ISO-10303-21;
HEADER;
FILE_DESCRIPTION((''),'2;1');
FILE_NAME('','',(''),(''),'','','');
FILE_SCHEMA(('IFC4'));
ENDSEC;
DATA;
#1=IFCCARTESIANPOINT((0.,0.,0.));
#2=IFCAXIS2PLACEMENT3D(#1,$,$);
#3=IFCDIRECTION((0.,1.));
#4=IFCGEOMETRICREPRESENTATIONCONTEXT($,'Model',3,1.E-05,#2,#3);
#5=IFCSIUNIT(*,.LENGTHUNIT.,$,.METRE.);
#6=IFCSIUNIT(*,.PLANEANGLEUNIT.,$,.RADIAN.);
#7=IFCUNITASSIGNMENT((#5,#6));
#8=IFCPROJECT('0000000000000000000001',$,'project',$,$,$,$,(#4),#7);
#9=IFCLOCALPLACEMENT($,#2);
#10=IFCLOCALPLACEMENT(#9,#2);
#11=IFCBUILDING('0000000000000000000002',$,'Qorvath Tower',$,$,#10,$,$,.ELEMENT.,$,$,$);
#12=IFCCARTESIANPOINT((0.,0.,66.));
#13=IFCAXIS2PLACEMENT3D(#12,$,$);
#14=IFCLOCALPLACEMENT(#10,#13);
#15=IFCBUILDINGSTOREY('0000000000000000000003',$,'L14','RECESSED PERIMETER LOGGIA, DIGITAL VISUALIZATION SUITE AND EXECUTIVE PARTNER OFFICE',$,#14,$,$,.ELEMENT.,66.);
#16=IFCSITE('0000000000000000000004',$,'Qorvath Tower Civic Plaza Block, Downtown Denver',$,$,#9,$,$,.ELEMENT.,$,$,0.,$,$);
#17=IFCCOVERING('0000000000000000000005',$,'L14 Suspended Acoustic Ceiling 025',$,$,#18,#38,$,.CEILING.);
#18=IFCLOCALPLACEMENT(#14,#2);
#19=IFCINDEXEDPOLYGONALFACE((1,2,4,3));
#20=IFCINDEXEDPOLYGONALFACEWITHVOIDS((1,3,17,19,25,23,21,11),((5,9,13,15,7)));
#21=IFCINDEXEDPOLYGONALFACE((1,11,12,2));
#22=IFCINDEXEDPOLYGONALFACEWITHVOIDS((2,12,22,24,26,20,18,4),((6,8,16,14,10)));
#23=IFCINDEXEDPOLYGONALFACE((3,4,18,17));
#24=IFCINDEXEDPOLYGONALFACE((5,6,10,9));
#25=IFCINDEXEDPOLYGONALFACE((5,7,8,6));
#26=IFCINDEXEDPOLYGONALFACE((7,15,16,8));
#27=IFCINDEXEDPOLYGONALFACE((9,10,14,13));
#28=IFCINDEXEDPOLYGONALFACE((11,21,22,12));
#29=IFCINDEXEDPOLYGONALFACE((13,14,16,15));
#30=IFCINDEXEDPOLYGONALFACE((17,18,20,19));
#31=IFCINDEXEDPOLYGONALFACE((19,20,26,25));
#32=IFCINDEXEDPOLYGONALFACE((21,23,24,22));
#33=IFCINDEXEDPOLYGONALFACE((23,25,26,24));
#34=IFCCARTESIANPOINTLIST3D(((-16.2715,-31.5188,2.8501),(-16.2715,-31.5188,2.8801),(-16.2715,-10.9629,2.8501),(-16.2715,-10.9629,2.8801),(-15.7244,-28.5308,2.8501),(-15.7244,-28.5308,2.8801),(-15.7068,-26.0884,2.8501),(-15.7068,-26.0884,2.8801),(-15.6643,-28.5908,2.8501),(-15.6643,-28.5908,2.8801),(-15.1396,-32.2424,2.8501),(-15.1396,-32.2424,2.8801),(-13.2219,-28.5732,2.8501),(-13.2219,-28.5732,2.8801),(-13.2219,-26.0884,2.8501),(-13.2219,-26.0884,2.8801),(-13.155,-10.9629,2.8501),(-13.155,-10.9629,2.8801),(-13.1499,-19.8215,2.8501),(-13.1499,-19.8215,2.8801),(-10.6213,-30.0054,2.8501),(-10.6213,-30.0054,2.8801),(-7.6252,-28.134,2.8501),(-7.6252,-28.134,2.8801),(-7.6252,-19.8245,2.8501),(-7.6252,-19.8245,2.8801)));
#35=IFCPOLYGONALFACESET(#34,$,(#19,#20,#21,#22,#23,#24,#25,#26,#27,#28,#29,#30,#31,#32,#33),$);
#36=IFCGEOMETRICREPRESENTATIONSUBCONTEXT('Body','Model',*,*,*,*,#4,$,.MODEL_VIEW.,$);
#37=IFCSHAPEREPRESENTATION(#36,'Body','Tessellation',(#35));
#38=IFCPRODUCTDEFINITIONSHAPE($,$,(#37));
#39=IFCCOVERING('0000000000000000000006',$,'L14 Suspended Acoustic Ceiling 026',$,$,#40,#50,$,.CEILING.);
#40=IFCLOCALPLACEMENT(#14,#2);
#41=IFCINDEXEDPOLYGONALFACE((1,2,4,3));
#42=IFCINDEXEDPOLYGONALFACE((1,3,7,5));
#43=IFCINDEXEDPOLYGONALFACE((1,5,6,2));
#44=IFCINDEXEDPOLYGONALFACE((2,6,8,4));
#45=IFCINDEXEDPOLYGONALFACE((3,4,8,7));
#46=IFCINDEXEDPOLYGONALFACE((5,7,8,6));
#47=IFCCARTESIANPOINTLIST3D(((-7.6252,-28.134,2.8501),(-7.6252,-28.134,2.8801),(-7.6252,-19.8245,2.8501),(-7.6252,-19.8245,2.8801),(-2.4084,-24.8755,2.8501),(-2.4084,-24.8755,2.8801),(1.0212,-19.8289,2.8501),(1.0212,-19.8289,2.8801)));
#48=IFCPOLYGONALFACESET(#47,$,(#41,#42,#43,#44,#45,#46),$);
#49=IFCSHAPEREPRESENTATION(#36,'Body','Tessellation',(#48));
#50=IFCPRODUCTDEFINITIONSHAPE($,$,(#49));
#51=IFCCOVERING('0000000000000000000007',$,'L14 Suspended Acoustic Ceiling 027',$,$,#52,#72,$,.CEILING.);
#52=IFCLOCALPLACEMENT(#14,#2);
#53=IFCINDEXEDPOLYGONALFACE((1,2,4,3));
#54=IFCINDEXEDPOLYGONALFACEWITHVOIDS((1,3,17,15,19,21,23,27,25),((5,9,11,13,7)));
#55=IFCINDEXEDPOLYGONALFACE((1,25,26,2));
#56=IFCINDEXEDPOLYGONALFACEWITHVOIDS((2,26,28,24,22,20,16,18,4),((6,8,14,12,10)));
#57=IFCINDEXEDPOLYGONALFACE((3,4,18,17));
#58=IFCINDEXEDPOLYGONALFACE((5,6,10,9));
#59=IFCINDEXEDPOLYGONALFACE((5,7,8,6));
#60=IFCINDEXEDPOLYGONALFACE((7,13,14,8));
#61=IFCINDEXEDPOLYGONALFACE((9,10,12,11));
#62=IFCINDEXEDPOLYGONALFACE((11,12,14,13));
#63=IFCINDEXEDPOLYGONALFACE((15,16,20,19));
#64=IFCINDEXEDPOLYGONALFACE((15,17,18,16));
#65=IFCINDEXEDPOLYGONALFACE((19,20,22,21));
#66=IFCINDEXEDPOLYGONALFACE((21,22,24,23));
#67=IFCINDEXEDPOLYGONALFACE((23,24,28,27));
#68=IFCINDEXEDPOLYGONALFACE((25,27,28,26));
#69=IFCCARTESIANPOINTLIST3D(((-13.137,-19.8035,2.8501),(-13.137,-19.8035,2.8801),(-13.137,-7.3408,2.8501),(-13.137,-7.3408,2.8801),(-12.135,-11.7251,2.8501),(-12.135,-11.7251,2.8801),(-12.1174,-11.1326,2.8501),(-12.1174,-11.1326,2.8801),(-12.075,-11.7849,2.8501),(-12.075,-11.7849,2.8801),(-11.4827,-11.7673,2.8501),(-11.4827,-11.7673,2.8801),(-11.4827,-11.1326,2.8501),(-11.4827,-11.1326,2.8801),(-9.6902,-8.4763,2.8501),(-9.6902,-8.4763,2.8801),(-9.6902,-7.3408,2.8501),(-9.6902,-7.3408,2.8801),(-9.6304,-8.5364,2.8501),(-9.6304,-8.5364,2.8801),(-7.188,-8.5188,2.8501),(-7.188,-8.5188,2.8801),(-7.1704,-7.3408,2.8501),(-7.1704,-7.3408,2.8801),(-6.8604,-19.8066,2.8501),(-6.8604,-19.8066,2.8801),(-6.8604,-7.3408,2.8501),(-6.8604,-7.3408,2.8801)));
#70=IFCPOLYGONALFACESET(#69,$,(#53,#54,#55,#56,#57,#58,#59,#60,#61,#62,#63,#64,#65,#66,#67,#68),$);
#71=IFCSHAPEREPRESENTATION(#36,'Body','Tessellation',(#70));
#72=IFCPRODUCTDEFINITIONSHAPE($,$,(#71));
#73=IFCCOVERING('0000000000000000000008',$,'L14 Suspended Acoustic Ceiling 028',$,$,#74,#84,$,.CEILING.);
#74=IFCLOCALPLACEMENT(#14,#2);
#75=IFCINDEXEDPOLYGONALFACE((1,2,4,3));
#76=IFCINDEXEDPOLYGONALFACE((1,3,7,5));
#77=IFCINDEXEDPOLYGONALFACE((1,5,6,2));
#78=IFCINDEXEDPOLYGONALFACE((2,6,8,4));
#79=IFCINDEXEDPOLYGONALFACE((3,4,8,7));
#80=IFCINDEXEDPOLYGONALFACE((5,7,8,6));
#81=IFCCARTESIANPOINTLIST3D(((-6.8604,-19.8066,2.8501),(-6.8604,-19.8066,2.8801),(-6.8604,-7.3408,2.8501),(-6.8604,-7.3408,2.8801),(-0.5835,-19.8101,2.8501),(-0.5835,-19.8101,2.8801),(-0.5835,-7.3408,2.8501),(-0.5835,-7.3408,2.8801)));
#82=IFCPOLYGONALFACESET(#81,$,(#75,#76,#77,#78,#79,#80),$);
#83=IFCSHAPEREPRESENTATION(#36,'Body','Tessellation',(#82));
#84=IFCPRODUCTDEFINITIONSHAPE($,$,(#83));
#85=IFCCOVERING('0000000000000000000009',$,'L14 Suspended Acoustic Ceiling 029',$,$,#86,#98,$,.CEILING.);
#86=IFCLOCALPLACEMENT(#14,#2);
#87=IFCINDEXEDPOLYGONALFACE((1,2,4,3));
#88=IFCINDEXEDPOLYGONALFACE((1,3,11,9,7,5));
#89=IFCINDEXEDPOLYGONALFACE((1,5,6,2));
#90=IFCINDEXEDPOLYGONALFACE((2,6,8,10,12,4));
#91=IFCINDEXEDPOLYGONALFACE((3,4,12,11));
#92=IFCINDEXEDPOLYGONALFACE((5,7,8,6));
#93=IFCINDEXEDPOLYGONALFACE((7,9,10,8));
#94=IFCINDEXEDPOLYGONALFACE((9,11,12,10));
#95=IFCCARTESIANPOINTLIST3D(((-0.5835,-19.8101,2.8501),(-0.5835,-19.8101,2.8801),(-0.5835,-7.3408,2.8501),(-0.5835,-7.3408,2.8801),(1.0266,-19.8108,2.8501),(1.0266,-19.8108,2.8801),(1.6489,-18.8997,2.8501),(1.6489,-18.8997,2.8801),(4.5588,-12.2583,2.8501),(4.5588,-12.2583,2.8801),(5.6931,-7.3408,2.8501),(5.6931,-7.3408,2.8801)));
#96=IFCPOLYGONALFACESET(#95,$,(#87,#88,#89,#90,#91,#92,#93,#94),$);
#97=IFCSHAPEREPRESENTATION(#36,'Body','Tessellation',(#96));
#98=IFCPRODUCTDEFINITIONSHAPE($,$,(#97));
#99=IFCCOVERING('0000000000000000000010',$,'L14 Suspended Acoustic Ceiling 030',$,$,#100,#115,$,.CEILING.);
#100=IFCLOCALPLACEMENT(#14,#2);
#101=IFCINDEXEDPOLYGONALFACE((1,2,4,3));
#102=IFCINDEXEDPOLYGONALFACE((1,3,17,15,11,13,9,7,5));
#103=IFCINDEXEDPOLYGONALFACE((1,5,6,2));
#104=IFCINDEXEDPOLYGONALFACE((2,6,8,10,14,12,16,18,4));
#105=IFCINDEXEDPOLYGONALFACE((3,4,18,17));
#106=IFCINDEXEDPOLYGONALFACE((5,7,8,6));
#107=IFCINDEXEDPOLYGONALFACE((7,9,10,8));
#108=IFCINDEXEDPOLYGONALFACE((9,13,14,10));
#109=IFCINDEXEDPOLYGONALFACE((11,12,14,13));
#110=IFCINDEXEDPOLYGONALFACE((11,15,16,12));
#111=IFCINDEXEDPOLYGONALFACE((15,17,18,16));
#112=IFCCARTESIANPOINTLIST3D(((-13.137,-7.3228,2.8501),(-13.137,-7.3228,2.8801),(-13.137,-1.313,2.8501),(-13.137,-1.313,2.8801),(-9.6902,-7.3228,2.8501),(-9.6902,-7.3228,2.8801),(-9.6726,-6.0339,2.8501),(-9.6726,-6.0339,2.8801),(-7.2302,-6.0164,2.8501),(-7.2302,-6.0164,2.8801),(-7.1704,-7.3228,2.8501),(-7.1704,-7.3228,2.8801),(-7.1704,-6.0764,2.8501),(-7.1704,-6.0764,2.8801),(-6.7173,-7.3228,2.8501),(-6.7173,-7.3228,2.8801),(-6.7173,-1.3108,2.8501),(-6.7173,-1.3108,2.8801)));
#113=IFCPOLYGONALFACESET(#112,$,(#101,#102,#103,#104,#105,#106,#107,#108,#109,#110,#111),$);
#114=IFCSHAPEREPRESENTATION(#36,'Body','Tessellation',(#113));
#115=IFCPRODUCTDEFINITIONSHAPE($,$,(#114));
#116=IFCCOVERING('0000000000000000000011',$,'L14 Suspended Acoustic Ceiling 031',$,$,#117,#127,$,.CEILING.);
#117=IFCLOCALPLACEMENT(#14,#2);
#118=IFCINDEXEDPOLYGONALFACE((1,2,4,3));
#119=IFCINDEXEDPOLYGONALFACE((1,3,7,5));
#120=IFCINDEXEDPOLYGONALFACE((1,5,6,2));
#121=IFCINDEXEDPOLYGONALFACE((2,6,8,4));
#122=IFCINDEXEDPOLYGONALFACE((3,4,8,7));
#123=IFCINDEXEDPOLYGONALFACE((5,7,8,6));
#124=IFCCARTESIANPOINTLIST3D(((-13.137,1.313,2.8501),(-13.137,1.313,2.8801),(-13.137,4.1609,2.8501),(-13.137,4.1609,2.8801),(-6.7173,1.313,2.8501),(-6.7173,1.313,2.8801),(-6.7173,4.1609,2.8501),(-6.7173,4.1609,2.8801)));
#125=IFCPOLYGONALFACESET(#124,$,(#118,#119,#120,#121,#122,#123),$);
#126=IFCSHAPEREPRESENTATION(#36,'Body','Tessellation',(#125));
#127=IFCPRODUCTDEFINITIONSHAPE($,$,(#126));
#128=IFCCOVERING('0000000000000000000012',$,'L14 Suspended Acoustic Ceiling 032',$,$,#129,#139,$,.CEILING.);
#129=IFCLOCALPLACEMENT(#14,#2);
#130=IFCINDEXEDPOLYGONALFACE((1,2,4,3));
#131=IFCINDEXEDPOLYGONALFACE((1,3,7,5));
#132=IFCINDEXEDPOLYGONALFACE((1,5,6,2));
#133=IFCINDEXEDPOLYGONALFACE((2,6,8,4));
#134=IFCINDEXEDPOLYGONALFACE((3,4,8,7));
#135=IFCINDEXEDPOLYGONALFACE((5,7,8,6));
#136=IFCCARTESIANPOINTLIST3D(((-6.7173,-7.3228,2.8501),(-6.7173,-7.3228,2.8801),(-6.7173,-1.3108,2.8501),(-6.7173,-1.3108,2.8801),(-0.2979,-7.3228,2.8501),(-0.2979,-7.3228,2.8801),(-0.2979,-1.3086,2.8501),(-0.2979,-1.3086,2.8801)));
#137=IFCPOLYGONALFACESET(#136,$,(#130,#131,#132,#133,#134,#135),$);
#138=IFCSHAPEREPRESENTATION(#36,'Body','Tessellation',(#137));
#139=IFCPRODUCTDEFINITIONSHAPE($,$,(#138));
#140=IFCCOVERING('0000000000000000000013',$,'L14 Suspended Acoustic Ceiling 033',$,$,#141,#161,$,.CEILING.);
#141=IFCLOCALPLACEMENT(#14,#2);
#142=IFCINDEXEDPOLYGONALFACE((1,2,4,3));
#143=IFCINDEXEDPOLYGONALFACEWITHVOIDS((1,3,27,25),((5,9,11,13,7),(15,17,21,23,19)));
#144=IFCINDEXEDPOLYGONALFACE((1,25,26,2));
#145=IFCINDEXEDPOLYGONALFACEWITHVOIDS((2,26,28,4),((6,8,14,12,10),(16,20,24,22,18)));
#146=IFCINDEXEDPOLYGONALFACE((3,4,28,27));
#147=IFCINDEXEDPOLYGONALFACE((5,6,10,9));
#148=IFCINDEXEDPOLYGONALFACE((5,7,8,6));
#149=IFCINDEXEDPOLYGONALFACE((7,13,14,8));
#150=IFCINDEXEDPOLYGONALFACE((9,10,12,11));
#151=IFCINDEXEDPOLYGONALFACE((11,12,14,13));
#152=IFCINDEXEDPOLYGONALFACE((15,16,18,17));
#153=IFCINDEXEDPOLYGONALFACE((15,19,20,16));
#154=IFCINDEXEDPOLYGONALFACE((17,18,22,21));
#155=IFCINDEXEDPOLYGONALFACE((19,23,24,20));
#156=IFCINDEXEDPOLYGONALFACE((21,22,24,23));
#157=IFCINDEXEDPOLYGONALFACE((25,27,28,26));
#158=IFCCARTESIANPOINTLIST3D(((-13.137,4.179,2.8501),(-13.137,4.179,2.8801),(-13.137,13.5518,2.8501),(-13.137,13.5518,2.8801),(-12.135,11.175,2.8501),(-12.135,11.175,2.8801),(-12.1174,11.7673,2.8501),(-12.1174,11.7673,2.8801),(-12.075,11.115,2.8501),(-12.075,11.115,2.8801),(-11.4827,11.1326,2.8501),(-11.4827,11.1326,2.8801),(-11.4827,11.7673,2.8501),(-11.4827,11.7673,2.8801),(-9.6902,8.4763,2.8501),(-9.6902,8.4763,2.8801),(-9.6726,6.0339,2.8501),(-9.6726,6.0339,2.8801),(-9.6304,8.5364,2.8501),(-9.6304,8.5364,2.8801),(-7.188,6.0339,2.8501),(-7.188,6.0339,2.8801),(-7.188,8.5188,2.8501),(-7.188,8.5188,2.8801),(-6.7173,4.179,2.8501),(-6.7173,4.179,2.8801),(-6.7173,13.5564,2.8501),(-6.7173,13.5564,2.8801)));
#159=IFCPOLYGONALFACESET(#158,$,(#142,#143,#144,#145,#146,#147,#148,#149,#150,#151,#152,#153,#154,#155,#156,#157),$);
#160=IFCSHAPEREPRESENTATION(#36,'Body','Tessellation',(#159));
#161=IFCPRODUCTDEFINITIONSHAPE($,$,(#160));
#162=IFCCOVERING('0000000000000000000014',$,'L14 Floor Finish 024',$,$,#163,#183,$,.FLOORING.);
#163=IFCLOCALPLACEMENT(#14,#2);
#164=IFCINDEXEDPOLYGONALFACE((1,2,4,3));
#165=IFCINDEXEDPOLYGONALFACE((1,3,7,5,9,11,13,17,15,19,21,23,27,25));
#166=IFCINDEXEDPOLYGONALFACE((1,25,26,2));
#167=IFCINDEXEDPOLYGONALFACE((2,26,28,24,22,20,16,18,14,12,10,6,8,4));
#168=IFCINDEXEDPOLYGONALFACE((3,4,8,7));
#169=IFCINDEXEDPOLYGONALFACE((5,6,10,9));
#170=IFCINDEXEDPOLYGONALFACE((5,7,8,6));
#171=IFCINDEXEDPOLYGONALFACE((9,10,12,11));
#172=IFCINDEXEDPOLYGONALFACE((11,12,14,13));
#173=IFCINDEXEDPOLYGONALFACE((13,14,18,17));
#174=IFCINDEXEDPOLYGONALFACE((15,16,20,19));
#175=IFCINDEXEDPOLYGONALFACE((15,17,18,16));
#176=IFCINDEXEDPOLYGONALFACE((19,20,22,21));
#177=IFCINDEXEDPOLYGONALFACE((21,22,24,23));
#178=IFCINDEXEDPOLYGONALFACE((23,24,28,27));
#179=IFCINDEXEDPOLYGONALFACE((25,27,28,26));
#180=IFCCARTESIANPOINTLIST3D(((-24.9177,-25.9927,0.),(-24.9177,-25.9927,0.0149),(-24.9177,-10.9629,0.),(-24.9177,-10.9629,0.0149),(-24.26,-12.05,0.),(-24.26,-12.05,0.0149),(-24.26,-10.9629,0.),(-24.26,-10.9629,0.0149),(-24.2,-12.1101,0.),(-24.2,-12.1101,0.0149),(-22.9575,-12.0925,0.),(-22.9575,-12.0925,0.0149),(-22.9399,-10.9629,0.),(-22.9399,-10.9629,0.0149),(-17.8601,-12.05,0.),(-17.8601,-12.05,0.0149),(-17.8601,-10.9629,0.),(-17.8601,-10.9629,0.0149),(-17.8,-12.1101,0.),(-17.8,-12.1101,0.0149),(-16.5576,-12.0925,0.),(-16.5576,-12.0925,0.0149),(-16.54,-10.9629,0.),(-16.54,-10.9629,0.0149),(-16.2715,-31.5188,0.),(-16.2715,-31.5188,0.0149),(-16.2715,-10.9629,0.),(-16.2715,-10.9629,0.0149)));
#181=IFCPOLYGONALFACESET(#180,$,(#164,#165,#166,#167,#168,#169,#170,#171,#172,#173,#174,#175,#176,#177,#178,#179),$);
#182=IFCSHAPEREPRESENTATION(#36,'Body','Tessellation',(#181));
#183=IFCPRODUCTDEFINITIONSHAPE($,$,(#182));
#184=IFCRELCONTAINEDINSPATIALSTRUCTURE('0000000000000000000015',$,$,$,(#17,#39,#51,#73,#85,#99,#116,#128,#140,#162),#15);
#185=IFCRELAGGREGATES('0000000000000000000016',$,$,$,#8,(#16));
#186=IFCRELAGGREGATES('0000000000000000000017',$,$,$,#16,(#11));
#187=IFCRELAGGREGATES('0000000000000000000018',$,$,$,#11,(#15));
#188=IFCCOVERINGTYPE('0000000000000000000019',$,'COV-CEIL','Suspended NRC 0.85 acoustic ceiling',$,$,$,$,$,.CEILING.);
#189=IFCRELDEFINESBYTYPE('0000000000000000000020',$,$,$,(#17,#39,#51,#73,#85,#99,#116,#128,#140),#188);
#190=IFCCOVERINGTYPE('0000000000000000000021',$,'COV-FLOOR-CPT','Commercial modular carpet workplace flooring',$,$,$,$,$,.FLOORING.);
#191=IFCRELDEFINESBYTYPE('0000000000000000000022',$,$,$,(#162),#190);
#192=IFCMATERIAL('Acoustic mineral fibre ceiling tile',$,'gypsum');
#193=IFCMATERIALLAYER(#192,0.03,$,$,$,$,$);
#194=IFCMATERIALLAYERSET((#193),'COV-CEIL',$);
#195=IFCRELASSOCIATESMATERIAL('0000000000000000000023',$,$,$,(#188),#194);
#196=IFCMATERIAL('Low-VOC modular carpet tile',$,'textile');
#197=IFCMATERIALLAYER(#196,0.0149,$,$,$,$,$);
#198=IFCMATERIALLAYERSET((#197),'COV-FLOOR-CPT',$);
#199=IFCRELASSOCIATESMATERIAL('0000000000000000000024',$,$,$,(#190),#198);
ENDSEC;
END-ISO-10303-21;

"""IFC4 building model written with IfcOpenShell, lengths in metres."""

from ifc_helpers import new_model, si_unit, direction, frame, origin, place, context, subcontext, project, spatial, polyline, outline, extrude, material, layer, layer_set, type_object, element, save


model = new_model("IFC4")

# Units and contexts
model_context = context("Model", 3, precision=1e-05, world=origin(), true_north=direction((0.0, 1.0)))
body_context = subcontext(model_context, "Body", "Model", "MODEL_VIEW")
ifc_project = project(units=[si_unit("LENGTHUNIT", "METRE"), si_unit("PLANEANGLEUNIT", "RADIAN")], contexts=[model_context])

# Site, building, storey
site_placement = place(None, origin())
site = spatial("IfcSite", under=ifc_project, at=site_placement, Name="Qorvath Tower Civic Plaza Block, Downtown Denver", CompositionType="ELEMENT", RefElevation=0.0)
building_placement = place(site_placement, origin())
building = spatial("IfcBuilding", under=site, at=building_placement, Name="Qorvath Tower", CompositionType="ELEMENT")
storey_placement = place(building_placement, frame((0.0, 0.0, 66.0)))
storey = spatial("IfcBuildingStorey", under=building, at=storey_placement, Name="L14", Description="RECESSED PERIMETER LOGGIA, DIGITAL VISUALIZATION SUITE AND EXECUTIVE PARTNER OFFICE", CompositionType="ELEMENT", Elevation=66.0)

# Coverings
ifc_material_1 = material(Name="Acoustic mineral fibre ceiling tile", Category="gypsum")
ifc_layer_1 = layer(ifc_material_1, 0.03)
ifc_layer_set_1 = layer_set([ifc_layer_1], Name="COV-CEIL")
covering_type_1 = type_object("IfcCoveringType", Name="COV-CEIL", Description="Suspended NRC 0.85 acoustic ceiling", PredefinedType="CEILING", material=ifc_layer_set_1)
covering_1_placement = place(storey_placement, frame((0.0, 0.0, 2.8501)))
element("IfcCovering", 1, at=covering_1_placement, inside=storey, type_object=covering_type_1, Name="L14 Suspended Acoustic Ceiling 025", PredefinedType="CEILING", context=body_context, shape_type="SweptSolid", body=[
    extrude(outline(polyline([(-16.2715, -10.9629), (-16.2715, -31.5188), (-15.1396, -32.2424), (-10.6213, -30.0054), (-7.6252, -28.134), (-7.6252, -19.8245), (-13.1499, -19.8215), (-13.155, -10.9629), (-16.2715, -10.9629)]), holes=[polyline([(-15.7244, -28.5308), (-15.7068, -26.0884), (-13.2219, -26.0884), (-13.2219, -28.5732), (-15.6643, -28.5908), (-15.7244, -28.5308)])]), origin(), (0.0, 0.0, 1.0), 0.03),
])
covering_2_placement = place(storey_placement, frame((0.0, 0.0, 2.8501)))
element("IfcCovering", 2, at=covering_2_placement, inside=storey, type_object=covering_type_1, Name="L14 Suspended Acoustic Ceiling 026", PredefinedType="CEILING", context=body_context, shape_type="SweptSolid", body=[
    extrude(outline(polyline([(-7.6252, -19.8245), (-7.6252, -28.134), (-2.4084, -24.8755), (1.0212, -19.8289), (-7.6252, -19.8245)])), origin(), (0.0, 0.0, 1.0), 0.03),
])
covering_3_placement = place(storey_placement, frame((0.0, 0.0, 2.8501)))
element("IfcCovering", 3, at=covering_3_placement, inside=storey, type_object=covering_type_1, Name="L14 Suspended Acoustic Ceiling 027", PredefinedType="CEILING", context=body_context, shape_type="SweptSolid", body=[
    extrude(outline(polyline([(-13.137, -19.8035), (-6.8604, -19.8066), (-6.8604, -7.3408), (-7.1704, -7.3408), (-7.188, -8.5188), (-9.6304, -8.5364), (-9.6902, -8.4763), (-9.6902, -7.3408), (-13.137, -7.3408), (-13.137, -19.8035)]), holes=[polyline([(-12.135, -11.7251), (-12.1174, -11.1326), (-11.4827, -11.1326), (-11.4827, -11.7673), (-12.075, -11.7849), (-12.135, -11.7251)])]), origin(), (0.0, 0.0, 1.0), 0.03),
])
covering_4_placement = place(storey_placement, frame((0.0, 0.0, 2.8501)))
element("IfcCovering", 4, at=covering_4_placement, inside=storey, type_object=covering_type_1, Name="L14 Suspended Acoustic Ceiling 028", PredefinedType="CEILING", context=body_context, shape_type="SweptSolid", body=[
    extrude(outline(polyline([(-6.8604, -7.3408), (-6.8604, -19.8066), (-0.5835, -19.8101), (-0.5835, -7.3408), (-6.8604, -7.3408)])), origin(), (0.0, 0.0, 1.0), 0.03),
])
covering_5_placement = place(storey_placement, frame((0.0, 0.0, 2.8501)))
element("IfcCovering", 5, at=covering_5_placement, inside=storey, type_object=covering_type_1, Name="L14 Suspended Acoustic Ceiling 029", PredefinedType="CEILING", context=body_context, shape_type="SweptSolid", body=[
    extrude(outline(polyline([(-0.5835, -7.3408), (-0.5835, -19.8101), (1.0266, -19.8108), (1.6489, -18.8997), (4.5588, -12.2583), (5.6931, -7.3408), (-0.5835, -7.3408)])), origin(), (0.0, 0.0, 1.0), 0.03),
])
covering_6_placement = place(storey_placement, frame((0.0, 0.0, 2.8501)))
element("IfcCovering", 6, at=covering_6_placement, inside=storey, type_object=covering_type_1, Name="L14 Suspended Acoustic Ceiling 030", PredefinedType="CEILING", context=body_context, shape_type="SweptSolid", body=[
    extrude(outline(polyline([(-6.7173, -7.3228), (-6.7173, -1.3108), (-13.137, -1.313), (-13.137, -7.3228), (-9.6902, -7.3228), (-9.6726, -6.0339), (-7.2302, -6.0164), (-7.1704, -6.0764), (-7.1704, -7.3228), (-6.7173, -7.3228)])), origin(), (0.0, 0.0, 1.0), 0.03),
])
covering_7_placement = place(storey_placement, frame((0.0, 0.0, 2.8501)))
element("IfcCovering", 7, at=covering_7_placement, inside=storey, type_object=covering_type_1, Name="L14 Suspended Acoustic Ceiling 031", PredefinedType="CEILING", context=body_context, shape_type="SweptSolid", body=[
    extrude(outline(polyline([(-6.7173, 1.313), (-6.7173, 4.1609), (-13.137, 4.1609), (-13.137, 1.313), (-6.7173, 1.313)])), origin(), (0.0, 0.0, 1.0), 0.03),
])
covering_8_placement = place(storey_placement, frame((0.0, 0.0, 2.8501)))
element("IfcCovering", 8, at=covering_8_placement, inside=storey, type_object=covering_type_1, Name="L14 Suspended Acoustic Ceiling 032", PredefinedType="CEILING", context=body_context, shape_type="SweptSolid", body=[
    extrude(outline(polyline([(-0.2979, -7.3228), (-0.2979, -1.3086), (-6.7173, -1.3108), (-6.7173, -7.3228), (-0.2979, -7.3228)])), origin(), (0.0, 0.0, 1.0), 0.03),
])
covering_9_placement = place(storey_placement, frame((0.0, 0.0, 2.8501)))
element("IfcCovering", 9, at=covering_9_placement, inside=storey, type_object=covering_type_1, Name="L14 Suspended Acoustic Ceiling 033", PredefinedType="CEILING", context=body_context, shape_type="SweptSolid", body=[
    extrude(outline(polyline([(-6.7173, 4.179), (-6.7173, 13.5564), (-13.137, 13.5518), (-13.137, 4.179), (-6.7173, 4.179)]), holes=[polyline([(-9.6902, 8.4763), (-9.6304, 8.5364), (-7.188, 8.5188), (-7.188, 6.0339), (-9.6726, 6.0339), (-9.6902, 8.4763)]), polyline([(-12.135, 11.175), (-12.1174, 11.7673), (-11.4827, 11.7673), (-11.4827, 11.1326), (-12.075, 11.115), (-12.135, 11.175)])]), origin(), (0.0, 0.0, 1.0), 0.03),
])
ifc_material_2 = material(Name="Low-VOC modular carpet tile", Category="textile")
ifc_layer_2 = layer(ifc_material_2, 0.0149)
ifc_layer_set_2 = layer_set([ifc_layer_2], Name="COV-FLOOR-CPT")
covering_type_2 = type_object("IfcCoveringType", Name="COV-FLOOR-CPT", Description="Commercial modular carpet workplace flooring", PredefinedType="FLOORING", material=ifc_layer_set_2)
covering_10_placement = place(storey_placement, origin())
element("IfcCovering", 10, at=covering_10_placement, inside=storey, type_object=covering_type_2, Name="L14 Floor Finish 024", PredefinedType="FLOORING", context=body_context, shape_type="SweptSolid", body=[
    extrude(outline(polyline([(-24.9177, -25.9927), (-16.2715, -31.5188), (-16.2715, -10.9629), (-16.54, -10.9629), (-16.5576, -12.0925), (-17.8, -12.1101), (-17.8601, -12.05), (-17.8601, -10.9629), (-22.9399, -10.9629), (-22.9575, -12.0925), (-24.2, -12.1101), (-24.26, -12.05), (-24.26, -10.9629), (-24.9177, -10.9629), (-24.9177, -25.9927)])), origin(), (0.0, 0.0, 1.0), 0.0149),
])

save(model, "model.ifc")
